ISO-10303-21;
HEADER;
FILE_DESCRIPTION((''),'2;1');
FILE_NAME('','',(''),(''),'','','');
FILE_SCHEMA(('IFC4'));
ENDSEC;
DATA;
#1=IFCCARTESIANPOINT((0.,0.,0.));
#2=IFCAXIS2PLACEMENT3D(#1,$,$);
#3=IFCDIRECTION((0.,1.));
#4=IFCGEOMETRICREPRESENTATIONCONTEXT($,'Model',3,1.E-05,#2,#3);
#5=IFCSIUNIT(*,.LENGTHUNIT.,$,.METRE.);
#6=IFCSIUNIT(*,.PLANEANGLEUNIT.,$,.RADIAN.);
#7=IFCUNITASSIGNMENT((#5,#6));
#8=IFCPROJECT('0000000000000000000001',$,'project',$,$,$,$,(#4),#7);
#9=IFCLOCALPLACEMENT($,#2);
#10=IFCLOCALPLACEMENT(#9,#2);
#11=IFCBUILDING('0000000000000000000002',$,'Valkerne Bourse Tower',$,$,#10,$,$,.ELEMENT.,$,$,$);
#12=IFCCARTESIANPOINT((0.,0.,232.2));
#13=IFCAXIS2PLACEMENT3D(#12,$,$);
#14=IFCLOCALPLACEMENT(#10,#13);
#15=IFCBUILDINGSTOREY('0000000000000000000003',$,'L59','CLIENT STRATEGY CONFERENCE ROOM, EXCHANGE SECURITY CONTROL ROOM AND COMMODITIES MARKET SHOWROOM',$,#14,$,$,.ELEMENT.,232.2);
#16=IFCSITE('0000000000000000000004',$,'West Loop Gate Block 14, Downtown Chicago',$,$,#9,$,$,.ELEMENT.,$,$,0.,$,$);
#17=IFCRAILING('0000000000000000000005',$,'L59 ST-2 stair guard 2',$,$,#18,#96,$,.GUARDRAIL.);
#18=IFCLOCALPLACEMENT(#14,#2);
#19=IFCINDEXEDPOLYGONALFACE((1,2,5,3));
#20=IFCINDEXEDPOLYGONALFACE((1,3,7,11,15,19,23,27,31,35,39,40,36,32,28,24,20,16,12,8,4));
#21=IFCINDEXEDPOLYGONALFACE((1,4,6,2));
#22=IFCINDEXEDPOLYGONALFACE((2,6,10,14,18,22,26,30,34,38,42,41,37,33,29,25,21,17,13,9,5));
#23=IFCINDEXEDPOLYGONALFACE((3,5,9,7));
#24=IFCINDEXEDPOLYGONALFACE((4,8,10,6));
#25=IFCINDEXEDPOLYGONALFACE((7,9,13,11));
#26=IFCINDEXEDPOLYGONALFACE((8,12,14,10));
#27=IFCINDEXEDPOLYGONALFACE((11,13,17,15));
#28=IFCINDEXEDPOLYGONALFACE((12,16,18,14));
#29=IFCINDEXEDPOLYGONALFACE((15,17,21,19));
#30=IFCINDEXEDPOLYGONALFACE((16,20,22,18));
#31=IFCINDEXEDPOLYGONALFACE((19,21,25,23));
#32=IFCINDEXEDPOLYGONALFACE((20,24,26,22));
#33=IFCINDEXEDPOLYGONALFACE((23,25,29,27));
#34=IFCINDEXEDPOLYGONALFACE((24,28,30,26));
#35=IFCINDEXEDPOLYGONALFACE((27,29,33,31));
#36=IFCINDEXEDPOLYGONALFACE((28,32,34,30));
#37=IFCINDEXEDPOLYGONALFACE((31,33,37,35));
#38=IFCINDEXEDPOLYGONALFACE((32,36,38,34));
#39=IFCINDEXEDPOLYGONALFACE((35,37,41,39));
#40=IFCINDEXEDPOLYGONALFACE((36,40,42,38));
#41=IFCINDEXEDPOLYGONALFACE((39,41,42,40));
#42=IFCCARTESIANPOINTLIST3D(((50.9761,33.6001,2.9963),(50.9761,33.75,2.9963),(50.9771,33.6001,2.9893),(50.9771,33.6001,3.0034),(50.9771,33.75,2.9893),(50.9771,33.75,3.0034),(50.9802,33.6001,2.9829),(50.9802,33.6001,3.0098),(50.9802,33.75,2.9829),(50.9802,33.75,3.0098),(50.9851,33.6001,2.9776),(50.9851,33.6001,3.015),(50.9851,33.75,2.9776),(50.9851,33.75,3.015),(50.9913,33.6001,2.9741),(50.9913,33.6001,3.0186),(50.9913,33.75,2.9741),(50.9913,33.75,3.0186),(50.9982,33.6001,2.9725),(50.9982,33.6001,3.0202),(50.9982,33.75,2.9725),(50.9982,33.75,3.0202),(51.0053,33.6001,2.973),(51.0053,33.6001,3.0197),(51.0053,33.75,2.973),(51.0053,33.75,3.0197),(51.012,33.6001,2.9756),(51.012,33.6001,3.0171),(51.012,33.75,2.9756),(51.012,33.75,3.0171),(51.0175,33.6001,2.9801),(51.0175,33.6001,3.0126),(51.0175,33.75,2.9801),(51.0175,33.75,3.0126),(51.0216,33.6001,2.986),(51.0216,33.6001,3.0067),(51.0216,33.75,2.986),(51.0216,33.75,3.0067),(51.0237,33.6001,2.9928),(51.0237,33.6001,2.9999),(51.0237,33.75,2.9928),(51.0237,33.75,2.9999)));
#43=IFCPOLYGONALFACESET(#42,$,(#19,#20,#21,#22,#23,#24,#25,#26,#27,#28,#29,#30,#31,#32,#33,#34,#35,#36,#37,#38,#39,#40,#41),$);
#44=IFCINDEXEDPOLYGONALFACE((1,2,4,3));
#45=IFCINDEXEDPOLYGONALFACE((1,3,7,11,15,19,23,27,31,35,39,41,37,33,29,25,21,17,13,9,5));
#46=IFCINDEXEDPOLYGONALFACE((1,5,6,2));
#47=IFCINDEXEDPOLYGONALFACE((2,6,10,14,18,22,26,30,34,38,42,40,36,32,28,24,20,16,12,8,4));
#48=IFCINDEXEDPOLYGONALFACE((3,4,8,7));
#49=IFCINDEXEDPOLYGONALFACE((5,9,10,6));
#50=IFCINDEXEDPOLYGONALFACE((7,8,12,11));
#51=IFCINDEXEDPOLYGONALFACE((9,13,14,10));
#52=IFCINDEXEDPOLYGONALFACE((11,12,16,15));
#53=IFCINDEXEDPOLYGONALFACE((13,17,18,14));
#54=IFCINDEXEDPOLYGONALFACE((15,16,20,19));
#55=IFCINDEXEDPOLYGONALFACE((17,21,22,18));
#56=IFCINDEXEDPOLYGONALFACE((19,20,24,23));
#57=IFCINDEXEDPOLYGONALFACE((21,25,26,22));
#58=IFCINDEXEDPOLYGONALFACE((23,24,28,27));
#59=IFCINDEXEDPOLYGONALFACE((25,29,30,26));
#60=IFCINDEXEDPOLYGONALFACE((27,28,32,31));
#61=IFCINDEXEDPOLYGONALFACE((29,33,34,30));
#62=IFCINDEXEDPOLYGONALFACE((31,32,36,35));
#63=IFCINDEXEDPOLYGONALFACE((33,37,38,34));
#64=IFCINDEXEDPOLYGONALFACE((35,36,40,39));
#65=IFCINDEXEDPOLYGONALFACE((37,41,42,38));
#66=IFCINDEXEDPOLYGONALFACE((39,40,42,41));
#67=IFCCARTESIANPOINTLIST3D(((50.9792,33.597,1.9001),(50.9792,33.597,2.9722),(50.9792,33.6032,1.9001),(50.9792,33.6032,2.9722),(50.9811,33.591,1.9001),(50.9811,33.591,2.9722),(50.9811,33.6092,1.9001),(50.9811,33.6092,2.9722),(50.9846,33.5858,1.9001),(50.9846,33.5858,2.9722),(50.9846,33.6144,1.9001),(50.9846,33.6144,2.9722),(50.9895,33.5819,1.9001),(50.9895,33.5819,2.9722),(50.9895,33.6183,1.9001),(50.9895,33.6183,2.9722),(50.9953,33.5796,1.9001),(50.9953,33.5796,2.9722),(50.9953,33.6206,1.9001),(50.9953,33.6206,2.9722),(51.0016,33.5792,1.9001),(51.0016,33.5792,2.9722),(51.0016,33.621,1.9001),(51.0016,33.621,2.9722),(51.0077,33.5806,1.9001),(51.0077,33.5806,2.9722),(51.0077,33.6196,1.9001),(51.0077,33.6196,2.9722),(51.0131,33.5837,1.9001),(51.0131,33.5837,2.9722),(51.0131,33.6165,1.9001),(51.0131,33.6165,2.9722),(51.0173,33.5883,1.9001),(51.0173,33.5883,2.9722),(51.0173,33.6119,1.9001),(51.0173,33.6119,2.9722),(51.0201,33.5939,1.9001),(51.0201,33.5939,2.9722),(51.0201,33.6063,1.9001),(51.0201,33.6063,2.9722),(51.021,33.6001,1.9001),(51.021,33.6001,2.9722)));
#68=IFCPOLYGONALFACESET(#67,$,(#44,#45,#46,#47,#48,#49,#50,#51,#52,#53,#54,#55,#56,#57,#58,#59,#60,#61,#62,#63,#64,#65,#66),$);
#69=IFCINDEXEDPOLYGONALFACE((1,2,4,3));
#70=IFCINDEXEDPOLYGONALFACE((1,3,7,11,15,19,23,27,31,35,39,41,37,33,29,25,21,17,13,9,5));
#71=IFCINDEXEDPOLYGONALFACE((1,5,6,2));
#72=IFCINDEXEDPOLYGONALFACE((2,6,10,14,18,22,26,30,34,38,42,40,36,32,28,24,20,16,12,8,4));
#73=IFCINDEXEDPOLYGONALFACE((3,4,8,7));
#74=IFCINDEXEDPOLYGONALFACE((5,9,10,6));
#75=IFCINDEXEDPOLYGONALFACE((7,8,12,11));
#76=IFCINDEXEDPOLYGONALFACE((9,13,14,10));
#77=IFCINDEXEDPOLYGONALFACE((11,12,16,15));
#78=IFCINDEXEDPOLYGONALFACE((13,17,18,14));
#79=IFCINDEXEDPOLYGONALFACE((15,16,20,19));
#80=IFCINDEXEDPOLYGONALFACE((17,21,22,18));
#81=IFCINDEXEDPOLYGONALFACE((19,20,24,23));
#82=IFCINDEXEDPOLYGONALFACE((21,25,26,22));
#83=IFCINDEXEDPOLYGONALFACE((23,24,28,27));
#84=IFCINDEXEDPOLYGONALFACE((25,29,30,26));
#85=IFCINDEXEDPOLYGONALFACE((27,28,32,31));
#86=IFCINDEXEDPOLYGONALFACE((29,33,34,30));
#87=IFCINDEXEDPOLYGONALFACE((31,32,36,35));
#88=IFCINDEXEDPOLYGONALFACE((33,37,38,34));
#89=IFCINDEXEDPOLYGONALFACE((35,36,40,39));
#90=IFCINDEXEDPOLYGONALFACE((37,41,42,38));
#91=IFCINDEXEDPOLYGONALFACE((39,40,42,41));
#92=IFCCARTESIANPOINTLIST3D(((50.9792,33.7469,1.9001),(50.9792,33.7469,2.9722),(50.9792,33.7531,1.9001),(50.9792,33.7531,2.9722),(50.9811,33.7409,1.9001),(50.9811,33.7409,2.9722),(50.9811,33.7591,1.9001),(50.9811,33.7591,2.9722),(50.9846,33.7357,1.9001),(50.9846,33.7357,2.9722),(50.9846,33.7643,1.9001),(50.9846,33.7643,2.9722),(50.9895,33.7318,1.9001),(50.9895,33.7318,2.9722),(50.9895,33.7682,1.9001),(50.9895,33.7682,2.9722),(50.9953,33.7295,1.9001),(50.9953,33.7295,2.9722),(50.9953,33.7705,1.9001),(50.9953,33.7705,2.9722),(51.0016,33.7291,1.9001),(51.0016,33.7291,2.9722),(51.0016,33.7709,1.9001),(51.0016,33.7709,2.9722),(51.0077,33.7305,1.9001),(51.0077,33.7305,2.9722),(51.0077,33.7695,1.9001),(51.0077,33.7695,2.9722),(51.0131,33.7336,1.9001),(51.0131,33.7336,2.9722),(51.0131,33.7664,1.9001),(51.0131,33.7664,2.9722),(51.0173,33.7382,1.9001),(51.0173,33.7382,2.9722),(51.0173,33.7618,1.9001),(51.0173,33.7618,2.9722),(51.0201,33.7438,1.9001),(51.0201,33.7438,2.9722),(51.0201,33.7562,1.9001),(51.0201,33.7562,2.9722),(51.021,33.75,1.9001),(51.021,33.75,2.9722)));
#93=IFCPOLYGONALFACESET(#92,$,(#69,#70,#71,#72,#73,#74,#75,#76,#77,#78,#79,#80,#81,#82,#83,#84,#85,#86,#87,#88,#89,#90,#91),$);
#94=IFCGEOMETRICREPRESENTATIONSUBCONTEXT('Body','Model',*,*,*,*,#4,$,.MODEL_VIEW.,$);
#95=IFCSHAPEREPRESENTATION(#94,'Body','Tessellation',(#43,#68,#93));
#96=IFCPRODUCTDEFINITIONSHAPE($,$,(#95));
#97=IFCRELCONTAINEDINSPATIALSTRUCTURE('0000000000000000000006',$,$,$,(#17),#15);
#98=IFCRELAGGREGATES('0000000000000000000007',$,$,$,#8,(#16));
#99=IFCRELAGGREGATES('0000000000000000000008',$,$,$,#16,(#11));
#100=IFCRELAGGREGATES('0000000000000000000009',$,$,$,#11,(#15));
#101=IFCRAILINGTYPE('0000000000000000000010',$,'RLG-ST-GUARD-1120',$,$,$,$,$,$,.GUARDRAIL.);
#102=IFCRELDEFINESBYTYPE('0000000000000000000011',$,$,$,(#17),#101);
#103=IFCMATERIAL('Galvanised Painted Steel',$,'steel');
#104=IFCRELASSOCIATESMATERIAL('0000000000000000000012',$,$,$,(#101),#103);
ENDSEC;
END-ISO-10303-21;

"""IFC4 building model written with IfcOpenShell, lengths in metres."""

from ifc_helpers import new_model, si_unit, direction, frame, origin, origin_2d, place, context, subcontext, project, spatial, circle, extrude, material, type_object, element, save


model = new_model("IFC4")

# Units and contexts
model_context = context("Model", 3, precision=1e-05, world=origin(), true_north=direction((0.0, 1.0)))
body_context = subcontext(model_context, "Body", "Model", "MODEL_VIEW")
ifc_project = project(units=[si_unit("LENGTHUNIT", "METRE"), si_unit("PLANEANGLEUNIT", "RADIAN")], contexts=[model_context])

# Site, building, storey
site_placement = place(None, origin())
site = spatial("IfcSite", under=ifc_project, at=site_placement, Name="West Loop Gate Block 14, Downtown Chicago", CompositionType="ELEMENT", RefElevation=0.0)
building_placement = place(site_placement, origin())
building = spatial("IfcBuilding", under=site, at=building_placement, Name="Valkerne Bourse Tower", CompositionType="ELEMENT")
storey_placement = place(building_placement, frame((0.0, 0.0, 232.2)))
storey = spatial("IfcBuildingStorey", under=building, at=storey_placement, Name="L59", Description="CLIENT STRATEGY CONFERENCE ROOM, EXCHANGE SECURITY CONTROL ROOM AND COMMODITIES MARKET SHOWROOM", CompositionType="ELEMENT", Elevation=232.2)

# Railing
ifc_material_1 = material(Name="Galvanised Painted Steel", Category="steel")
railing_type = type_object("IfcRailingType", Name="RLG-ST-GUARD-1120", PredefinedType="GUARDRAIL", material=ifc_material_1)
railing_placement = place(storey_placement, frame((51.0, 33.6001, 1.9001)))
element("IfcRailing", 1, at=railing_placement, inside=storey, type_object=railing_type, Name="L59 ST-2 stair guard 2", PredefinedType="GUARDRAIL", context=body_context, shape_type="SweptSolid", body=[
    extrude(circle(Radius=0.0239, at=origin_2d()), frame((0.0, 0.0, 1.0962), z_axis=(0.0, 1.0, 0.0), x_axis=(-1.0, 0.0, 0.0)), (0.0, 0.0, 1.0), 0.1499),
    extrude(circle(Radius=0.021, at=origin_2d()), origin(), (0.0, 0.0, 1.0), 1.072),
    extrude(circle(Radius=0.021, at=origin_2d()), frame((0.0, 0.1499, 0.0)), (0.0, 0.0, 1.0), 1.072),
])

save(model, "model.ifc")
